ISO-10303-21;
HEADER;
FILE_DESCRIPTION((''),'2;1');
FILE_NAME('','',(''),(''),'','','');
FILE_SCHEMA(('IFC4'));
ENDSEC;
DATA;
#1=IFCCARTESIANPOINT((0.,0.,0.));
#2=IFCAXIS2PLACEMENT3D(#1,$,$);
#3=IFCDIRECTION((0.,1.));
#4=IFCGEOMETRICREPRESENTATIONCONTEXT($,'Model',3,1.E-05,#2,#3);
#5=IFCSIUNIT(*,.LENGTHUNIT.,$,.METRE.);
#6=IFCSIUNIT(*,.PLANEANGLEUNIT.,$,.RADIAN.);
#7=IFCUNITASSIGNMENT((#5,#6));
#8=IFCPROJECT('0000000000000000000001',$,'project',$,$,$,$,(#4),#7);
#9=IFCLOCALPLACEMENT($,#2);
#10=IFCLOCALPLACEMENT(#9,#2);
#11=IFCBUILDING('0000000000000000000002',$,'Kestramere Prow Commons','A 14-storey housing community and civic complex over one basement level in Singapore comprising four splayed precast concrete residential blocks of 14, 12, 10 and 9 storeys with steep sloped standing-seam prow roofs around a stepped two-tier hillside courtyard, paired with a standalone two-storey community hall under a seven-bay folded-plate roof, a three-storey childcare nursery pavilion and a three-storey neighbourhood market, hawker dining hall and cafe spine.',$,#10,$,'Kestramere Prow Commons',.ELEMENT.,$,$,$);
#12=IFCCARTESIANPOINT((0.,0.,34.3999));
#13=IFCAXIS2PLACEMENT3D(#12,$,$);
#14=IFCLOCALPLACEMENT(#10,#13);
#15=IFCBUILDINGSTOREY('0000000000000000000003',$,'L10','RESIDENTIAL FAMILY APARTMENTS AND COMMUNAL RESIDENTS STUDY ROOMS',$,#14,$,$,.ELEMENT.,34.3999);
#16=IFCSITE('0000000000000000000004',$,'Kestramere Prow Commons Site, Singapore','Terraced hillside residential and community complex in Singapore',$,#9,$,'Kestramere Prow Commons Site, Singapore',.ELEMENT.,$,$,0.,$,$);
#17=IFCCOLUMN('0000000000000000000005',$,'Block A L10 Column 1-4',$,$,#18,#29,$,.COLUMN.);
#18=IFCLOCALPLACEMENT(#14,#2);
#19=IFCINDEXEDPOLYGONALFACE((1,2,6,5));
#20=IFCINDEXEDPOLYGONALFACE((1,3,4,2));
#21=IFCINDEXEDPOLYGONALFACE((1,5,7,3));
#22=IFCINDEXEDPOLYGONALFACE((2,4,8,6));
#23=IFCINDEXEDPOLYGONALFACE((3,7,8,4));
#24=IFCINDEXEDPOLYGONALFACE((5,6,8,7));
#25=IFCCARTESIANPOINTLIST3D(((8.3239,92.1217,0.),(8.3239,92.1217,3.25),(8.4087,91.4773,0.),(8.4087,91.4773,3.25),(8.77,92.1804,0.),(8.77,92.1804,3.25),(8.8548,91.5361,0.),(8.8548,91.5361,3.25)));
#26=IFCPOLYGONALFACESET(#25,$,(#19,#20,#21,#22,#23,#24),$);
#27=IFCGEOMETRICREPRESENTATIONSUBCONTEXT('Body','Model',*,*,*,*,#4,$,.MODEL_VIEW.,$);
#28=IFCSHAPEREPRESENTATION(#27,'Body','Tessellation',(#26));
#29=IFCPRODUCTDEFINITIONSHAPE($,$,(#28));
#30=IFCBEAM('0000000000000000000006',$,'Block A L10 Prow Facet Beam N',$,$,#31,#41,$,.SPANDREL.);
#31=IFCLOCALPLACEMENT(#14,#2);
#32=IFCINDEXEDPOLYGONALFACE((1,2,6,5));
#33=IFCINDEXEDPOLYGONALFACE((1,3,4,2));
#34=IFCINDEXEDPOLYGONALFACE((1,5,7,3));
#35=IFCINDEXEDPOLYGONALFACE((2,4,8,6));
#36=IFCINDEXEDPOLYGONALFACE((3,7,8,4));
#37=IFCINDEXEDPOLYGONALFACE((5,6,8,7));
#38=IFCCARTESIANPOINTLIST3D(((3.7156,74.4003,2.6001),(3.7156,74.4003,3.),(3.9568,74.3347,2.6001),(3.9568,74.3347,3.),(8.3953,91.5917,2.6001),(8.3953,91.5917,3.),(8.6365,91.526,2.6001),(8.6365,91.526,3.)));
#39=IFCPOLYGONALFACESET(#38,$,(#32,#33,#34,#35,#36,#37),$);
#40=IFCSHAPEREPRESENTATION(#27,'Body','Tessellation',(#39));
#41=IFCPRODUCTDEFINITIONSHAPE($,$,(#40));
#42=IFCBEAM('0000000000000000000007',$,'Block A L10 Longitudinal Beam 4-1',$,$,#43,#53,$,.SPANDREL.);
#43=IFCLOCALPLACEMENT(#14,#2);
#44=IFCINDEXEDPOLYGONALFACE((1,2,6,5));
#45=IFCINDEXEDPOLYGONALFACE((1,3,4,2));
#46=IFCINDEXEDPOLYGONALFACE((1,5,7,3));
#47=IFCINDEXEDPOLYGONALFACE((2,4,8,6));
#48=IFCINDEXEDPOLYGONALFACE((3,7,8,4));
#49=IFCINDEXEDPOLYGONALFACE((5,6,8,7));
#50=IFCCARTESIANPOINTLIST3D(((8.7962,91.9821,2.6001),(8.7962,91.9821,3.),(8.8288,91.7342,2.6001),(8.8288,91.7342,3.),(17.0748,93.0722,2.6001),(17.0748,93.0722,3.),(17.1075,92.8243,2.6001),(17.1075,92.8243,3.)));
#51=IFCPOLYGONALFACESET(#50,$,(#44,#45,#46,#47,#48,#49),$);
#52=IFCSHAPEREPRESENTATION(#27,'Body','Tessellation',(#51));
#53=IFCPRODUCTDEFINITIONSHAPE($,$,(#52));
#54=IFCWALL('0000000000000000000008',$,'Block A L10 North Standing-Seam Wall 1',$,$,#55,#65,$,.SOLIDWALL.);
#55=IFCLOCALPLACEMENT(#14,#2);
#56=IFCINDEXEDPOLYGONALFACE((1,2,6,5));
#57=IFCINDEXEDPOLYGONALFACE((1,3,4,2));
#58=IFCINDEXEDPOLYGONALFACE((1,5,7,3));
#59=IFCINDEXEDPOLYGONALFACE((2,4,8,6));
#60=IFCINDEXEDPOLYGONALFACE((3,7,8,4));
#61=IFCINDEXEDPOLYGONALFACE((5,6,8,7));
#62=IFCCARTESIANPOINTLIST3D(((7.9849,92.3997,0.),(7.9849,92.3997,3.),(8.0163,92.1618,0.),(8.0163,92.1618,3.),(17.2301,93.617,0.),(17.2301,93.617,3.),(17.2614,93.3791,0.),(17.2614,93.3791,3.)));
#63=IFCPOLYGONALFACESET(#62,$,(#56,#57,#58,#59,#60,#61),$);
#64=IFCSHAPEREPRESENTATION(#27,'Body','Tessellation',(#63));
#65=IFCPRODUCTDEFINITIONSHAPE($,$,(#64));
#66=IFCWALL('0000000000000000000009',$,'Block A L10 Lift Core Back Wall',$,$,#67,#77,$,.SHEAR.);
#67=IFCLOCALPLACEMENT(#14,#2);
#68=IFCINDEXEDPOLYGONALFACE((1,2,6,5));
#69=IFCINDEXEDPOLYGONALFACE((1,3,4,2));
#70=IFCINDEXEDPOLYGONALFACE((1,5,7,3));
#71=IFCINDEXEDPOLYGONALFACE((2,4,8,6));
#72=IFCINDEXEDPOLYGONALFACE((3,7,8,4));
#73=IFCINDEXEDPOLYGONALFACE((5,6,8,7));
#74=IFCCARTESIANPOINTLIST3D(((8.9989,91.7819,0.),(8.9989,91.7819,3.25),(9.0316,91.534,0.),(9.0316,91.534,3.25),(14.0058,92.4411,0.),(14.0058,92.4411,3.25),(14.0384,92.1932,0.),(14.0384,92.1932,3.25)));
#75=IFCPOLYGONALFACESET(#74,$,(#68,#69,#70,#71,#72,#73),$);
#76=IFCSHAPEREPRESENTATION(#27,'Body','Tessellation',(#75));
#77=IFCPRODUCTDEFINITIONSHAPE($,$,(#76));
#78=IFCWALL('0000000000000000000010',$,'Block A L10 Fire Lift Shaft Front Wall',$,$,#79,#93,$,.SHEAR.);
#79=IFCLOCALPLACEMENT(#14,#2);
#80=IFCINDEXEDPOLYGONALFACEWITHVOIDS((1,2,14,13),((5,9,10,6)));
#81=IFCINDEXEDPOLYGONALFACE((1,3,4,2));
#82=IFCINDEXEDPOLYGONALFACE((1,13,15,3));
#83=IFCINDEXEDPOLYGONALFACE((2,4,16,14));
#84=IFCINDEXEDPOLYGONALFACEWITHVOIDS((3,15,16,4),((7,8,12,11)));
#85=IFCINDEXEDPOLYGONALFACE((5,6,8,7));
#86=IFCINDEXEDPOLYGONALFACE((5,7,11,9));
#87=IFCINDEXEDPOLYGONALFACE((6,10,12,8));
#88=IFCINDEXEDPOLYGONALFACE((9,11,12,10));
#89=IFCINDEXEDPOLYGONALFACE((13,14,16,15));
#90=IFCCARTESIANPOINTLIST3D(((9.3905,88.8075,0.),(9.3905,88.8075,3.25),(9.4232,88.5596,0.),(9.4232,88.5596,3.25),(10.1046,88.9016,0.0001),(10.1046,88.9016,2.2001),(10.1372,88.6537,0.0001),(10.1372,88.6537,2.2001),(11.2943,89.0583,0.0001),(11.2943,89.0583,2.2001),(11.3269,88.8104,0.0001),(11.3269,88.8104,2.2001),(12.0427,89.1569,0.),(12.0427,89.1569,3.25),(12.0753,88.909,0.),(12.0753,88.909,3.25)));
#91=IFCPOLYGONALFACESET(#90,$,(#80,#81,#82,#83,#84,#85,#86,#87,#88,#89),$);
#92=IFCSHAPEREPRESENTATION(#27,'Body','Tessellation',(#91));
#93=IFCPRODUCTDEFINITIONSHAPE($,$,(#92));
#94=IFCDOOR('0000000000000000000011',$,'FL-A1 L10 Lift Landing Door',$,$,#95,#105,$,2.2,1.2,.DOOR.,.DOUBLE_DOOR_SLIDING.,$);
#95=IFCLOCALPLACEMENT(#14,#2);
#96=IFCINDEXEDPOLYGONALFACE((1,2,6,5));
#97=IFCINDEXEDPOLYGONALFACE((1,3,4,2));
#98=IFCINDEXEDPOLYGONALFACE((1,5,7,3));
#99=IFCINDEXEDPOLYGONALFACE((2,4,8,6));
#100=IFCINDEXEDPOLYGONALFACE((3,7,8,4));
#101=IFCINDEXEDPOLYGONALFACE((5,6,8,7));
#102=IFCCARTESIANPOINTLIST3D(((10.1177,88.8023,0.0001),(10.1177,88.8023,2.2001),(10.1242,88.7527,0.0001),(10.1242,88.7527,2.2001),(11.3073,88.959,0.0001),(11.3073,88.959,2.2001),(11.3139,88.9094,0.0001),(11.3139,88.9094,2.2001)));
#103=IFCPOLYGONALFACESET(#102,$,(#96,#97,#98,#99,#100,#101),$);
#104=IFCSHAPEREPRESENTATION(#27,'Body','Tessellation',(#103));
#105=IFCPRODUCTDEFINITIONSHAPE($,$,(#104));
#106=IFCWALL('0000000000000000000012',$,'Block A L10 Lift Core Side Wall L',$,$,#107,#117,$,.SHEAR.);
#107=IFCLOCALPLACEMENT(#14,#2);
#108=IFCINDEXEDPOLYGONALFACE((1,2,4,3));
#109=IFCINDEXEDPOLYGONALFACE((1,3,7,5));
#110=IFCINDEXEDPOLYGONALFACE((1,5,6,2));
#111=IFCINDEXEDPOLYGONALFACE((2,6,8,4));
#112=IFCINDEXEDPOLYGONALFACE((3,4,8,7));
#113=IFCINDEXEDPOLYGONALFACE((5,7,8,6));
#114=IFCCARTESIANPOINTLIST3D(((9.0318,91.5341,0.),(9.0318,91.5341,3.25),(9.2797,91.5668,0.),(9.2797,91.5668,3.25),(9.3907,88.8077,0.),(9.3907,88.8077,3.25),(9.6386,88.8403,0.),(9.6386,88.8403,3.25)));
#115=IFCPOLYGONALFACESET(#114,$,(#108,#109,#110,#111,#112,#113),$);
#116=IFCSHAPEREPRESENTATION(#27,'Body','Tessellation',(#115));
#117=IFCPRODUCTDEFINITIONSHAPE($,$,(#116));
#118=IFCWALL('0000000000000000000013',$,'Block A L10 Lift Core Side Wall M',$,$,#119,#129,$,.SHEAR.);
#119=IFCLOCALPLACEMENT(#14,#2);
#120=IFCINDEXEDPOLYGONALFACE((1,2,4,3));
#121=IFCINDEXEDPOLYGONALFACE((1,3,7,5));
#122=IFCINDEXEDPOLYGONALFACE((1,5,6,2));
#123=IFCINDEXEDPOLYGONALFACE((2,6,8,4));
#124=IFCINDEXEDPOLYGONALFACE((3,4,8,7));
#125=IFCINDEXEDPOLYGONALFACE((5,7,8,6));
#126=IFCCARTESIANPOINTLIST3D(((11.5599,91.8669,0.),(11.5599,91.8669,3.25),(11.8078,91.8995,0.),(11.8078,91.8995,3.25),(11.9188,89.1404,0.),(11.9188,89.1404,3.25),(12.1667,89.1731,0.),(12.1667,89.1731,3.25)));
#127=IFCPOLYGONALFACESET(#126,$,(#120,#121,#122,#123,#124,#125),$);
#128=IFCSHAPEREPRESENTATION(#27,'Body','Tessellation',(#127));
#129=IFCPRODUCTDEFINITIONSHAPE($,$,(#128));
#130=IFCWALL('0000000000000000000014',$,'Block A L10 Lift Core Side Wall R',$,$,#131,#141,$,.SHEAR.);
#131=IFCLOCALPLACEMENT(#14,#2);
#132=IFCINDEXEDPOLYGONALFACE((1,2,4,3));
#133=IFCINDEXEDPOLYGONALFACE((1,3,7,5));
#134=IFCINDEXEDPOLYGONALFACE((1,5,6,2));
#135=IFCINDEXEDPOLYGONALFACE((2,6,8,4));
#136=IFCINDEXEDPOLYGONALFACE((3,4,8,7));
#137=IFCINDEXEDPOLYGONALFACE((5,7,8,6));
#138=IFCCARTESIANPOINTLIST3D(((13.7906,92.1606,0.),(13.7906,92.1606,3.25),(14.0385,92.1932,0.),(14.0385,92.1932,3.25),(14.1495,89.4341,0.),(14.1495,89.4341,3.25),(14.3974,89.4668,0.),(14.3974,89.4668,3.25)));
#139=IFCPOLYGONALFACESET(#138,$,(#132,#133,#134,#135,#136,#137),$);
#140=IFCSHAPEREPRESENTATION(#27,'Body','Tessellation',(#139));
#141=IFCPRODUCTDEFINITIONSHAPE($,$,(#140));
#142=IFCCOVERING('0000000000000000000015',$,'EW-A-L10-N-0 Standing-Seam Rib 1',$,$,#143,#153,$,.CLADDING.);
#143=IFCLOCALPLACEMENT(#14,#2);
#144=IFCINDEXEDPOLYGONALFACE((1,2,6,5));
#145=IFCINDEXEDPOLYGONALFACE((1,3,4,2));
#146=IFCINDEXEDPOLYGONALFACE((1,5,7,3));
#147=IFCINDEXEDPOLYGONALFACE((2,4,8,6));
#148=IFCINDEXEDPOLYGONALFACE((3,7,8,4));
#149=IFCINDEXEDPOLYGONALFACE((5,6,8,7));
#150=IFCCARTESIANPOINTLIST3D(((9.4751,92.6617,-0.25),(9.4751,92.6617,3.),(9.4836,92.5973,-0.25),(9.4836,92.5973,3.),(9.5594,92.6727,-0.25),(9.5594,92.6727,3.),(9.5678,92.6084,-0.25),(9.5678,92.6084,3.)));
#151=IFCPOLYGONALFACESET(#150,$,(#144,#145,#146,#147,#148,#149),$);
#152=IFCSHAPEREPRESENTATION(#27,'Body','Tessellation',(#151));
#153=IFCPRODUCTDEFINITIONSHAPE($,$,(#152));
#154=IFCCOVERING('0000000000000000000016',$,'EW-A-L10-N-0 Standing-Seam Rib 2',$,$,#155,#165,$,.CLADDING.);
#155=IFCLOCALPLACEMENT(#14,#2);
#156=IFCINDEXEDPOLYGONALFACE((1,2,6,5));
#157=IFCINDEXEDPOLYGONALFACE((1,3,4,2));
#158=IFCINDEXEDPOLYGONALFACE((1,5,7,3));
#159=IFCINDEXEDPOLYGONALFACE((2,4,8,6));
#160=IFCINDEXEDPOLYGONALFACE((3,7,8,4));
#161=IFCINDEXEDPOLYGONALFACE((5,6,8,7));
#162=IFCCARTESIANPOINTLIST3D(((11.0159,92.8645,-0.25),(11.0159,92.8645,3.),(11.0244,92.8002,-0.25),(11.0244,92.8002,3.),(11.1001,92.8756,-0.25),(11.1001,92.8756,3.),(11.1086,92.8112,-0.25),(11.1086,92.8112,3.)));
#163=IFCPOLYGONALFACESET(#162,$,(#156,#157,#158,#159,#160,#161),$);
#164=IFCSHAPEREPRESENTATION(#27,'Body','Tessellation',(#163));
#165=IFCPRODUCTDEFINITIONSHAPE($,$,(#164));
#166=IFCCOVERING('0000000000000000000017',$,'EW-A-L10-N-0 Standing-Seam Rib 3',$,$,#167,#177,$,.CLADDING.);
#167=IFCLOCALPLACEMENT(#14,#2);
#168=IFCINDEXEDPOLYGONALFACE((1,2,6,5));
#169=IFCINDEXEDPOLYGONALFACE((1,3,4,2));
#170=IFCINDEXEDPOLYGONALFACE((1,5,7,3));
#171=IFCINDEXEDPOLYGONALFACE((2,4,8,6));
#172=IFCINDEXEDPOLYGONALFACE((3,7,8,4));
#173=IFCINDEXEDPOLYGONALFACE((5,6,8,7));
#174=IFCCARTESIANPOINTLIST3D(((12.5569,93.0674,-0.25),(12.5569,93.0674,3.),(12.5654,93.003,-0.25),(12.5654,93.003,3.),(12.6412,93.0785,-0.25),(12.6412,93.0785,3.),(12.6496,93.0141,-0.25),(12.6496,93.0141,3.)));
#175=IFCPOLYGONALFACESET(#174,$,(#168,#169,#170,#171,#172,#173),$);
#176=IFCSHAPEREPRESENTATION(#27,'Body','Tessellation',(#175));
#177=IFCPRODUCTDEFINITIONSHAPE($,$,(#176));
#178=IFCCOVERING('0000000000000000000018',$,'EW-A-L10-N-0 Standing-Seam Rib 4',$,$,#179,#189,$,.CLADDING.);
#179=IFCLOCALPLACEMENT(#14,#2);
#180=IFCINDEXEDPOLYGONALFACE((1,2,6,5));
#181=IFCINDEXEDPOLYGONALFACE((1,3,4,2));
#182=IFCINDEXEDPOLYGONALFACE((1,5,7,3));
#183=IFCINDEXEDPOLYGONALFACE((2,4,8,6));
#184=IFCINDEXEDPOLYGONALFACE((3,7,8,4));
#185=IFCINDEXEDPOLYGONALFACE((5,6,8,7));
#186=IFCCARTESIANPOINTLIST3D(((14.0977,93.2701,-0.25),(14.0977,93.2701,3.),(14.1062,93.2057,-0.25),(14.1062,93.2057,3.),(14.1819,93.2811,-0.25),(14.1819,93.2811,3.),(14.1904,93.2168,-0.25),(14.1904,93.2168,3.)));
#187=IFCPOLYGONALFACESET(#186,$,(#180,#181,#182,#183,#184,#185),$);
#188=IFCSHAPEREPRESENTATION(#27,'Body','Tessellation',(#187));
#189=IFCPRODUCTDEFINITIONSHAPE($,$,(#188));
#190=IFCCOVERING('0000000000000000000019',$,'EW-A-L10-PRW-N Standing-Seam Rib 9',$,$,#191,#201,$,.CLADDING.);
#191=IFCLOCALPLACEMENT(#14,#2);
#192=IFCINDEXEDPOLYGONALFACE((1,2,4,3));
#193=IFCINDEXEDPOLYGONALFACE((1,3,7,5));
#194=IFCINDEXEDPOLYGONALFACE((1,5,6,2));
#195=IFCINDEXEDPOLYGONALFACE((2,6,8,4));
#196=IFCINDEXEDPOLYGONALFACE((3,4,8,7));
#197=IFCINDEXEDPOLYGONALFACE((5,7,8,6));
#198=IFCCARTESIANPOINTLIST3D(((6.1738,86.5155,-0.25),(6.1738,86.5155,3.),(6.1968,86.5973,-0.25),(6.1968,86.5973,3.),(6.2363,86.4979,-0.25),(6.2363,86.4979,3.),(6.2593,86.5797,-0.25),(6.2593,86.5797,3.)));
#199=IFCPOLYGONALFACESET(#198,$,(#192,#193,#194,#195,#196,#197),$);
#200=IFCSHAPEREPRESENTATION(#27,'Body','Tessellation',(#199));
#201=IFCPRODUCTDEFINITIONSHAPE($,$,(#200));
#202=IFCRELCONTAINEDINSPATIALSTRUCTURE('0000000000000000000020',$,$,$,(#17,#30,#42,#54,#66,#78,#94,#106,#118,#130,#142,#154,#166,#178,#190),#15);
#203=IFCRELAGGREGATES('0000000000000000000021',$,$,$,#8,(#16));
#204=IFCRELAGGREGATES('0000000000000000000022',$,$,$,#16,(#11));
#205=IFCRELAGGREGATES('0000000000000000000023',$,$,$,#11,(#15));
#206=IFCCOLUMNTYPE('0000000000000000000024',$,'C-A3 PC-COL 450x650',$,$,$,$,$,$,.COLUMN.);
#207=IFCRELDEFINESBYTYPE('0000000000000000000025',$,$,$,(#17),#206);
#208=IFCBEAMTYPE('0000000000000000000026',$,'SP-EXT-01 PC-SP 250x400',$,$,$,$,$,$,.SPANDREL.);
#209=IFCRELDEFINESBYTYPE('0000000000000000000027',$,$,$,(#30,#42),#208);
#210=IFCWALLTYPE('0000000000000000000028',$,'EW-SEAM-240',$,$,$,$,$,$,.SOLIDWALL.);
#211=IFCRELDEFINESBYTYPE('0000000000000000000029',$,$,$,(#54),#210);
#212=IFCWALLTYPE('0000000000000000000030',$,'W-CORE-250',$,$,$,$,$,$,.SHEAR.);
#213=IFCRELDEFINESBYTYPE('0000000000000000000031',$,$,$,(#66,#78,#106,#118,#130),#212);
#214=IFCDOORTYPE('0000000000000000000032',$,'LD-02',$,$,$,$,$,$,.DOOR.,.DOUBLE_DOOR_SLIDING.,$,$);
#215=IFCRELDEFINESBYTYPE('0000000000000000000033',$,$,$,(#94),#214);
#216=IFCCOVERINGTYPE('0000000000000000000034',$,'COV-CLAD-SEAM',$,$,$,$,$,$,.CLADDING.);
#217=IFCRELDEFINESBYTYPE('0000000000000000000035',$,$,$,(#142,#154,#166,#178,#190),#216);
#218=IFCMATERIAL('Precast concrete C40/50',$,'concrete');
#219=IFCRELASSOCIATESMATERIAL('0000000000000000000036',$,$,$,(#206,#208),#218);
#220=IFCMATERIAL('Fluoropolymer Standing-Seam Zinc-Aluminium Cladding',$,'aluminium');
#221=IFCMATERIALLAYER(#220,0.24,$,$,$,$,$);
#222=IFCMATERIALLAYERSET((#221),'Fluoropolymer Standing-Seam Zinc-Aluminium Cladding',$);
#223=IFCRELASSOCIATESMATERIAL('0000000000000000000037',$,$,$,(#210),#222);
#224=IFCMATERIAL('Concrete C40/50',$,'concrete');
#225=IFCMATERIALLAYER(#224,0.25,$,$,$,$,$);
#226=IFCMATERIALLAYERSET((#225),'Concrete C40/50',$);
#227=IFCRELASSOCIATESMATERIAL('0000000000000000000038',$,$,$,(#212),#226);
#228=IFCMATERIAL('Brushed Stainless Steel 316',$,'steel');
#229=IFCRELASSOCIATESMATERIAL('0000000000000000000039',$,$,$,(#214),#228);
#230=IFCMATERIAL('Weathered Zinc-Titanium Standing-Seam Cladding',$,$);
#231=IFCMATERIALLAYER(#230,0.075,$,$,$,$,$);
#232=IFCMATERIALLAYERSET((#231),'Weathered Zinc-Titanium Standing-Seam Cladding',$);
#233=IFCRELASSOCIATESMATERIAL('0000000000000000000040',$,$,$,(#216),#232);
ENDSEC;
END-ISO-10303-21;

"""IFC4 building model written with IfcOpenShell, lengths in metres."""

from ifc_helpers import new_model, si_unit, direction, frame, frame_2d, origin, origin_2d, place, context, subcontext, project, spatial, rectangle, extrude, material, layer, layer_set, material_profile, profile_set, type_object, element, fill, save


model = new_model("IFC4")

# Units and contexts
model_context = context("Model", 3, precision=1e-05, world=origin(), true_north=direction((0.0, 1.0)))
body_context = subcontext(model_context, "Body", "Model", "MODEL_VIEW")
ifc_project = project(units=[si_unit("LENGTHUNIT", "METRE"), si_unit("PLANEANGLEUNIT", "RADIAN")], contexts=[model_context])

# Site, building, storey
site_placement = place(None, origin())
site = spatial("IfcSite", under=ifc_project, at=site_placement, Name="Kestramere Prow Commons Site, Singapore", Description="Terraced hillside residential and community complex in Singapore", LongName="Kestramere Prow Commons Site, Singapore", CompositionType="ELEMENT", RefElevation=0.0)
building_placement = place(site_placement, origin())
building = spatial("IfcBuilding", under=site, at=building_placement, Name="Kestramere Prow Commons", Description="A 14-storey housing community and civic complex over one basement level in Singapore comprising four splayed precast concrete residential blocks of 14, 12, 10 and 9 storeys with steep sloped standing-seam prow roofs around a stepped two-tier hillside courtyard, paired with a standalone two-storey community hall under a seven-bay folded-plate roof, a three-storey childcare nursery pavilion and a three-storey neighbourhood market, hawker dining hall and cafe spine.", LongName="Kestramere Prow Commons", CompositionType="ELEMENT")
storey_placement = place(building_placement, frame((0.0, 0.0, 34.3999)))
storey = spatial("IfcBuildingStorey", under=building, at=storey_placement, Name="L10", Description="RESIDENTIAL FAMILY APARTMENTS AND COMMUNAL RESIDENTS STUDY ROOMS", CompositionType="ELEMENT", Elevation=34.3999)

# Column
ifc_material_1 = material(Name="Precast concrete C40/50", Category="concrete")
ifc_material_profile_1 = material_profile(ifc_material_1, rectangle(XDim=0.45, YDim=0.6499, at=origin_2d()), Name="PC-COL 450x650")
ifc_profile_set_1 = profile_set([ifc_material_profile_1], Name="Precast concrete C40/50")
column_type = type_object("IfcColumnType", Name="C-A3 PC-COL 450x650", PredefinedType="COLUMN", material=ifc_profile_set_1)
column_placement = place(storey_placement, frame((8.5894, 91.8289, 0.0), z_axis=(0.0, 0.0, 1.0), x_axis=(0.991445, 0.130526, 0.0)))
element("IfcColumn", 1, at=column_placement, inside=storey, type_object=column_type, Name="Block A L10 Column 1-4", PredefinedType="COLUMN", context=body_context, shape_type="SweptSolid", body=[
    extrude(rectangle(XDim=0.45, YDim=0.6499, at=origin_2d()), origin(), (0.0, 0.0, 1.0), 3.25),
])

# Beams
ifc_material_profile_2 = material_profile(ifc_material_1, rectangle(XDim=0.25, YDim=0.3999, at=origin_2d()), Name="PC-SP 250x400")
ifc_profile_set_2 = profile_set([ifc_material_profile_2], Name="Precast concrete C40/50")
beam_type = type_object("IfcBeamType", Name="SP-EXT-01 PC-SP 250x400", PredefinedType="SPANDREL", material=ifc_profile_set_2)
beam_1_placement = place(storey_placement, frame((8.5159, 91.5588, 2.8), z_axis=(-0.262654, -0.96489, 0.0), x_axis=(0.96489, -0.262654, 0.0)))
element("IfcBeam", 2, at=beam_1_placement, inside=storey, type_object=beam_type, Name="Block A L10 Prow Facet Beam N", PredefinedType="SPANDREL", context=body_context, shape_type="SweptSolid", body=[
    extrude(rectangle(XDim=0.25, YDim=0.3999, at=origin_2d()), origin(), (0.0, 0.0, 1.0), 17.8169),
])
beam_2_placement = place(storey_placement, frame((8.8125, 91.8582, 2.8), z_axis=(0.991442, 0.130549, 0.0), x_axis=(-0.130549, 0.991442, 0.0)))
element("IfcBeam", 3, at=beam_2_placement, inside=storey, type_object=beam_type, Name="Block A L10 Longitudinal Beam 4-1", PredefinedType="SPANDREL", context=body_context, shape_type="SweptSolid", body=[
    extrude(rectangle(XDim=0.25, YDim=0.3999, at=origin_2d()), origin(), (0.0, 0.0, 1.0), 8.3501),
])

# Walls
ifc_material_2 = material(Name="Fluoropolymer Standing-Seam Zinc-Aluminium Cladding", Category="aluminium")
ifc_layer_1 = layer(ifc_material_2, 0.24)
ifc_layer_set_1 = layer_set([ifc_layer_1], Name="Fluoropolymer Standing-Seam Zinc-Aluminium Cladding")
wall_type_1 = type_object("IfcWallType", Name="EW-SEAM-240", PredefinedType="SOLIDWALL", material=ifc_layer_set_1)
wall_1_placement = place(storey_placement, frame((8.0005, 92.2808, 0.0), z_axis=(0.0, 0.0, 1.0), x_axis=(0.991443, 0.130541, 0.0)))
element("IfcWall", 4, at=wall_1_placement, inside=storey, type_object=wall_type_1, Name="Block A L10 North Standing-Seam Wall 1", PredefinedType="SOLIDWALL", context=body_context, shape_type="SweptSolid", body=[
    extrude(rectangle(XDim=9.325, YDim=0.24, at=frame_2d((4.6626, 0.0))), origin(), (0.0, 0.0, 1.0), 3.0),
])
ifc_material_3 = material(Name="Concrete C40/50", Category="concrete")
ifc_layer_2 = layer(ifc_material_3, 0.25)
ifc_layer_set_2 = layer_set([ifc_layer_2], Name="Concrete C40/50")
wall_type_2 = type_object("IfcWallType", Name="W-CORE-250", PredefinedType="SHEAR", material=ifc_layer_set_2)
wall_2_placement = place(storey_placement, frame((9.0154, 91.658, 0.0), z_axis=(0.0, 0.0, 1.0), x_axis=(0.991444, 0.13053, 0.0)))
element("IfcWall", 5, at=wall_2_placement, inside=storey, type_object=wall_type_2, Name="Block A L10 Lift Core Back Wall", PredefinedType="SHEAR", context=body_context, shape_type="SweptSolid", body=[
    extrude(rectangle(XDim=5.05, YDim=0.25, at=frame_2d((2.5249, 0.0))), origin(), (0.0, 0.0, 1.0), 3.25),
])

# Wall, opening, door
wall_3_placement = place(storey_placement, frame((9.407, 88.6836, 0.0), z_axis=(0.0, 0.0, 1.0), x_axis=(0.991435, 0.130603, 0.0)))
wall_3 = element("IfcWall", 6, at=wall_3_placement, inside=storey, type_object=wall_type_2, Name="Block A L10 Fire Lift Shaft Front Wall", PredefinedType="SHEAR", context=body_context, shape_type="SweptSolid", body=[
    extrude(rectangle(XDim=2.675, YDim=0.25, at=frame_2d((1.3374, 0.0))), origin(), (0.0, 0.0, 1.0), 3.25),
])
opening_1_placement = place(wall_3_placement, frame((0.72, 0.0, 0.0)))
opening_1 = element("IfcOpeningElement", 7, at=opening_1_placement, cuts=wall_3, PredefinedType="OPENING", context=body_context, shape_type="SweptSolid", body=[
    extrude(rectangle(XDim=1.2, YDim=2.2, at=frame_2d((0.6001, 1.1001))), frame((0.0, 0.1399, 0.0), z_axis=(0.0, -1.0, 0.0), x_axis=(1.0, 0.0, 0.0)), (0.0, 0.0, 1.0), 0.28),
])
ifc_material_4 = material(Name="Brushed Stainless Steel 316", Category="steel")
door_type_1 = type_object("IfcDoorType", Name="LD-02", OperationType="DOUBLE_DOOR_SLIDING", PredefinedType="DOOR", material=ifc_material_4)
door_1_placement = place(opening_1_placement, origin())
door_1 = element("IfcDoor", 8, at=door_1_placement, inside=storey, type_object=door_type_1, Name="FL-A1 L10 Lift Landing Door", OperationType="DOUBLE_DOOR_SLIDING", OverallHeight=2.2, OverallWidth=1.2, PredefinedType="DOOR", context=body_context, shape_type="SweptSolid", body=[
    extrude(rectangle(XDim=1.2, YDim=2.2, at=frame_2d((0.6001, 1.1001))), frame((0.0, 0.0249, 0.0), z_axis=(0.0, -1.0, 0.0), x_axis=(1.0, 0.0, 0.0)), (0.0, 0.0, 1.0), 0.05),
])
fill(opening_1, door_1)

# Walls
for number, where, z_axis, x_axis, name in (
    (9, (9.5146, 88.824, 0.0), (0.0, 0.0, 1.0), (-0.1305, 0.991448, 0.0), "Block A L10 Lift Core Side Wall L"),
    (10, (12.0427, 89.1567, 0.0), (0.0, 0.0, 1.0), (-0.1305, 0.991448, 0.0), "Block A L10 Lift Core Side Wall M"),
    (11, (14.2734, 89.4504, 0.0), (0.0, 0.0, 1.0), (-0.1305, 0.991448, 0.0), "Block A L10 Lift Core Side Wall R"),
):
    element("IfcWall", number, at=place(storey_placement, frame(where, z_axis=z_axis, x_axis=x_axis)), inside=storey, type_object=wall_type_2, Name=name, PredefinedType="SHEAR", context=body_context, shape_type="SweptSolid", body=[
        extrude(rectangle(XDim=2.75, YDim=0.25, at=frame_2d((1.375, 0.0))), origin(), (0.0, 0.0, 1.0), 3.25),
    ])

# Coverings
ifc_material_5 = material(Name="Weathered Zinc-Titanium Standing-Seam Cladding")
ifc_layer_3 = layer(ifc_material_5, 0.075)
ifc_layer_set_3 = layer_set([ifc_layer_3], Name="Weathered Zinc-Titanium Standing-Seam Cladding")
covering_type = type_object("IfcCoveringType", Name="COV-CLAD-SEAM", PredefinedType="CLADDING", material=ifc_layer_set_3)
for number, where, z_axis, x_axis, name in (
    (12, (9.5215, 92.635, -0.25), (0.0, 0.0, 1.0), (0.991445, 0.130526, 0.0), "EW-A-L10-N-0 Standing-Seam Rib 1"),
    (13, (11.0623, 92.8379, -0.25), (0.0, 0.0, 1.0), (0.991445, 0.130526, 0.0), "EW-A-L10-N-0 Standing-Seam Rib 2"),
    (14, (12.6033, 93.0408, -0.25), (0.0, 0.0, 1.0), (0.991445, 0.130526, 0.0), "EW-A-L10-N-0 Standing-Seam Rib 3"),
    (15, (14.144, 93.2434, -0.25), (0.0, 0.0, 1.0), (0.991445, 0.130526, 0.0), "EW-A-L10-N-0 Standing-Seam Rib 4"),
    (16, (6.2166, 86.5476, -0.25), (0.0, 0.0, 1.0), (0.27116, 0.962534, 0.0), "EW-A-L10-PRW-N Standing-Seam Rib 9"),
):
    element("IfcCovering", number, at=place(storey_placement, frame(where, z_axis=z_axis, x_axis=x_axis)), inside=storey, type_object=covering_type, Name=name, PredefinedType="CLADDING", context=body_context, shape_type="SweptSolid", body=[
        extrude(rectangle(XDim=0.085, YDim=0.0649, at=origin_2d()), origin(), (0.0, 0.0, 1.0), 3.25),
    ])

save(model, "model.ifc")
